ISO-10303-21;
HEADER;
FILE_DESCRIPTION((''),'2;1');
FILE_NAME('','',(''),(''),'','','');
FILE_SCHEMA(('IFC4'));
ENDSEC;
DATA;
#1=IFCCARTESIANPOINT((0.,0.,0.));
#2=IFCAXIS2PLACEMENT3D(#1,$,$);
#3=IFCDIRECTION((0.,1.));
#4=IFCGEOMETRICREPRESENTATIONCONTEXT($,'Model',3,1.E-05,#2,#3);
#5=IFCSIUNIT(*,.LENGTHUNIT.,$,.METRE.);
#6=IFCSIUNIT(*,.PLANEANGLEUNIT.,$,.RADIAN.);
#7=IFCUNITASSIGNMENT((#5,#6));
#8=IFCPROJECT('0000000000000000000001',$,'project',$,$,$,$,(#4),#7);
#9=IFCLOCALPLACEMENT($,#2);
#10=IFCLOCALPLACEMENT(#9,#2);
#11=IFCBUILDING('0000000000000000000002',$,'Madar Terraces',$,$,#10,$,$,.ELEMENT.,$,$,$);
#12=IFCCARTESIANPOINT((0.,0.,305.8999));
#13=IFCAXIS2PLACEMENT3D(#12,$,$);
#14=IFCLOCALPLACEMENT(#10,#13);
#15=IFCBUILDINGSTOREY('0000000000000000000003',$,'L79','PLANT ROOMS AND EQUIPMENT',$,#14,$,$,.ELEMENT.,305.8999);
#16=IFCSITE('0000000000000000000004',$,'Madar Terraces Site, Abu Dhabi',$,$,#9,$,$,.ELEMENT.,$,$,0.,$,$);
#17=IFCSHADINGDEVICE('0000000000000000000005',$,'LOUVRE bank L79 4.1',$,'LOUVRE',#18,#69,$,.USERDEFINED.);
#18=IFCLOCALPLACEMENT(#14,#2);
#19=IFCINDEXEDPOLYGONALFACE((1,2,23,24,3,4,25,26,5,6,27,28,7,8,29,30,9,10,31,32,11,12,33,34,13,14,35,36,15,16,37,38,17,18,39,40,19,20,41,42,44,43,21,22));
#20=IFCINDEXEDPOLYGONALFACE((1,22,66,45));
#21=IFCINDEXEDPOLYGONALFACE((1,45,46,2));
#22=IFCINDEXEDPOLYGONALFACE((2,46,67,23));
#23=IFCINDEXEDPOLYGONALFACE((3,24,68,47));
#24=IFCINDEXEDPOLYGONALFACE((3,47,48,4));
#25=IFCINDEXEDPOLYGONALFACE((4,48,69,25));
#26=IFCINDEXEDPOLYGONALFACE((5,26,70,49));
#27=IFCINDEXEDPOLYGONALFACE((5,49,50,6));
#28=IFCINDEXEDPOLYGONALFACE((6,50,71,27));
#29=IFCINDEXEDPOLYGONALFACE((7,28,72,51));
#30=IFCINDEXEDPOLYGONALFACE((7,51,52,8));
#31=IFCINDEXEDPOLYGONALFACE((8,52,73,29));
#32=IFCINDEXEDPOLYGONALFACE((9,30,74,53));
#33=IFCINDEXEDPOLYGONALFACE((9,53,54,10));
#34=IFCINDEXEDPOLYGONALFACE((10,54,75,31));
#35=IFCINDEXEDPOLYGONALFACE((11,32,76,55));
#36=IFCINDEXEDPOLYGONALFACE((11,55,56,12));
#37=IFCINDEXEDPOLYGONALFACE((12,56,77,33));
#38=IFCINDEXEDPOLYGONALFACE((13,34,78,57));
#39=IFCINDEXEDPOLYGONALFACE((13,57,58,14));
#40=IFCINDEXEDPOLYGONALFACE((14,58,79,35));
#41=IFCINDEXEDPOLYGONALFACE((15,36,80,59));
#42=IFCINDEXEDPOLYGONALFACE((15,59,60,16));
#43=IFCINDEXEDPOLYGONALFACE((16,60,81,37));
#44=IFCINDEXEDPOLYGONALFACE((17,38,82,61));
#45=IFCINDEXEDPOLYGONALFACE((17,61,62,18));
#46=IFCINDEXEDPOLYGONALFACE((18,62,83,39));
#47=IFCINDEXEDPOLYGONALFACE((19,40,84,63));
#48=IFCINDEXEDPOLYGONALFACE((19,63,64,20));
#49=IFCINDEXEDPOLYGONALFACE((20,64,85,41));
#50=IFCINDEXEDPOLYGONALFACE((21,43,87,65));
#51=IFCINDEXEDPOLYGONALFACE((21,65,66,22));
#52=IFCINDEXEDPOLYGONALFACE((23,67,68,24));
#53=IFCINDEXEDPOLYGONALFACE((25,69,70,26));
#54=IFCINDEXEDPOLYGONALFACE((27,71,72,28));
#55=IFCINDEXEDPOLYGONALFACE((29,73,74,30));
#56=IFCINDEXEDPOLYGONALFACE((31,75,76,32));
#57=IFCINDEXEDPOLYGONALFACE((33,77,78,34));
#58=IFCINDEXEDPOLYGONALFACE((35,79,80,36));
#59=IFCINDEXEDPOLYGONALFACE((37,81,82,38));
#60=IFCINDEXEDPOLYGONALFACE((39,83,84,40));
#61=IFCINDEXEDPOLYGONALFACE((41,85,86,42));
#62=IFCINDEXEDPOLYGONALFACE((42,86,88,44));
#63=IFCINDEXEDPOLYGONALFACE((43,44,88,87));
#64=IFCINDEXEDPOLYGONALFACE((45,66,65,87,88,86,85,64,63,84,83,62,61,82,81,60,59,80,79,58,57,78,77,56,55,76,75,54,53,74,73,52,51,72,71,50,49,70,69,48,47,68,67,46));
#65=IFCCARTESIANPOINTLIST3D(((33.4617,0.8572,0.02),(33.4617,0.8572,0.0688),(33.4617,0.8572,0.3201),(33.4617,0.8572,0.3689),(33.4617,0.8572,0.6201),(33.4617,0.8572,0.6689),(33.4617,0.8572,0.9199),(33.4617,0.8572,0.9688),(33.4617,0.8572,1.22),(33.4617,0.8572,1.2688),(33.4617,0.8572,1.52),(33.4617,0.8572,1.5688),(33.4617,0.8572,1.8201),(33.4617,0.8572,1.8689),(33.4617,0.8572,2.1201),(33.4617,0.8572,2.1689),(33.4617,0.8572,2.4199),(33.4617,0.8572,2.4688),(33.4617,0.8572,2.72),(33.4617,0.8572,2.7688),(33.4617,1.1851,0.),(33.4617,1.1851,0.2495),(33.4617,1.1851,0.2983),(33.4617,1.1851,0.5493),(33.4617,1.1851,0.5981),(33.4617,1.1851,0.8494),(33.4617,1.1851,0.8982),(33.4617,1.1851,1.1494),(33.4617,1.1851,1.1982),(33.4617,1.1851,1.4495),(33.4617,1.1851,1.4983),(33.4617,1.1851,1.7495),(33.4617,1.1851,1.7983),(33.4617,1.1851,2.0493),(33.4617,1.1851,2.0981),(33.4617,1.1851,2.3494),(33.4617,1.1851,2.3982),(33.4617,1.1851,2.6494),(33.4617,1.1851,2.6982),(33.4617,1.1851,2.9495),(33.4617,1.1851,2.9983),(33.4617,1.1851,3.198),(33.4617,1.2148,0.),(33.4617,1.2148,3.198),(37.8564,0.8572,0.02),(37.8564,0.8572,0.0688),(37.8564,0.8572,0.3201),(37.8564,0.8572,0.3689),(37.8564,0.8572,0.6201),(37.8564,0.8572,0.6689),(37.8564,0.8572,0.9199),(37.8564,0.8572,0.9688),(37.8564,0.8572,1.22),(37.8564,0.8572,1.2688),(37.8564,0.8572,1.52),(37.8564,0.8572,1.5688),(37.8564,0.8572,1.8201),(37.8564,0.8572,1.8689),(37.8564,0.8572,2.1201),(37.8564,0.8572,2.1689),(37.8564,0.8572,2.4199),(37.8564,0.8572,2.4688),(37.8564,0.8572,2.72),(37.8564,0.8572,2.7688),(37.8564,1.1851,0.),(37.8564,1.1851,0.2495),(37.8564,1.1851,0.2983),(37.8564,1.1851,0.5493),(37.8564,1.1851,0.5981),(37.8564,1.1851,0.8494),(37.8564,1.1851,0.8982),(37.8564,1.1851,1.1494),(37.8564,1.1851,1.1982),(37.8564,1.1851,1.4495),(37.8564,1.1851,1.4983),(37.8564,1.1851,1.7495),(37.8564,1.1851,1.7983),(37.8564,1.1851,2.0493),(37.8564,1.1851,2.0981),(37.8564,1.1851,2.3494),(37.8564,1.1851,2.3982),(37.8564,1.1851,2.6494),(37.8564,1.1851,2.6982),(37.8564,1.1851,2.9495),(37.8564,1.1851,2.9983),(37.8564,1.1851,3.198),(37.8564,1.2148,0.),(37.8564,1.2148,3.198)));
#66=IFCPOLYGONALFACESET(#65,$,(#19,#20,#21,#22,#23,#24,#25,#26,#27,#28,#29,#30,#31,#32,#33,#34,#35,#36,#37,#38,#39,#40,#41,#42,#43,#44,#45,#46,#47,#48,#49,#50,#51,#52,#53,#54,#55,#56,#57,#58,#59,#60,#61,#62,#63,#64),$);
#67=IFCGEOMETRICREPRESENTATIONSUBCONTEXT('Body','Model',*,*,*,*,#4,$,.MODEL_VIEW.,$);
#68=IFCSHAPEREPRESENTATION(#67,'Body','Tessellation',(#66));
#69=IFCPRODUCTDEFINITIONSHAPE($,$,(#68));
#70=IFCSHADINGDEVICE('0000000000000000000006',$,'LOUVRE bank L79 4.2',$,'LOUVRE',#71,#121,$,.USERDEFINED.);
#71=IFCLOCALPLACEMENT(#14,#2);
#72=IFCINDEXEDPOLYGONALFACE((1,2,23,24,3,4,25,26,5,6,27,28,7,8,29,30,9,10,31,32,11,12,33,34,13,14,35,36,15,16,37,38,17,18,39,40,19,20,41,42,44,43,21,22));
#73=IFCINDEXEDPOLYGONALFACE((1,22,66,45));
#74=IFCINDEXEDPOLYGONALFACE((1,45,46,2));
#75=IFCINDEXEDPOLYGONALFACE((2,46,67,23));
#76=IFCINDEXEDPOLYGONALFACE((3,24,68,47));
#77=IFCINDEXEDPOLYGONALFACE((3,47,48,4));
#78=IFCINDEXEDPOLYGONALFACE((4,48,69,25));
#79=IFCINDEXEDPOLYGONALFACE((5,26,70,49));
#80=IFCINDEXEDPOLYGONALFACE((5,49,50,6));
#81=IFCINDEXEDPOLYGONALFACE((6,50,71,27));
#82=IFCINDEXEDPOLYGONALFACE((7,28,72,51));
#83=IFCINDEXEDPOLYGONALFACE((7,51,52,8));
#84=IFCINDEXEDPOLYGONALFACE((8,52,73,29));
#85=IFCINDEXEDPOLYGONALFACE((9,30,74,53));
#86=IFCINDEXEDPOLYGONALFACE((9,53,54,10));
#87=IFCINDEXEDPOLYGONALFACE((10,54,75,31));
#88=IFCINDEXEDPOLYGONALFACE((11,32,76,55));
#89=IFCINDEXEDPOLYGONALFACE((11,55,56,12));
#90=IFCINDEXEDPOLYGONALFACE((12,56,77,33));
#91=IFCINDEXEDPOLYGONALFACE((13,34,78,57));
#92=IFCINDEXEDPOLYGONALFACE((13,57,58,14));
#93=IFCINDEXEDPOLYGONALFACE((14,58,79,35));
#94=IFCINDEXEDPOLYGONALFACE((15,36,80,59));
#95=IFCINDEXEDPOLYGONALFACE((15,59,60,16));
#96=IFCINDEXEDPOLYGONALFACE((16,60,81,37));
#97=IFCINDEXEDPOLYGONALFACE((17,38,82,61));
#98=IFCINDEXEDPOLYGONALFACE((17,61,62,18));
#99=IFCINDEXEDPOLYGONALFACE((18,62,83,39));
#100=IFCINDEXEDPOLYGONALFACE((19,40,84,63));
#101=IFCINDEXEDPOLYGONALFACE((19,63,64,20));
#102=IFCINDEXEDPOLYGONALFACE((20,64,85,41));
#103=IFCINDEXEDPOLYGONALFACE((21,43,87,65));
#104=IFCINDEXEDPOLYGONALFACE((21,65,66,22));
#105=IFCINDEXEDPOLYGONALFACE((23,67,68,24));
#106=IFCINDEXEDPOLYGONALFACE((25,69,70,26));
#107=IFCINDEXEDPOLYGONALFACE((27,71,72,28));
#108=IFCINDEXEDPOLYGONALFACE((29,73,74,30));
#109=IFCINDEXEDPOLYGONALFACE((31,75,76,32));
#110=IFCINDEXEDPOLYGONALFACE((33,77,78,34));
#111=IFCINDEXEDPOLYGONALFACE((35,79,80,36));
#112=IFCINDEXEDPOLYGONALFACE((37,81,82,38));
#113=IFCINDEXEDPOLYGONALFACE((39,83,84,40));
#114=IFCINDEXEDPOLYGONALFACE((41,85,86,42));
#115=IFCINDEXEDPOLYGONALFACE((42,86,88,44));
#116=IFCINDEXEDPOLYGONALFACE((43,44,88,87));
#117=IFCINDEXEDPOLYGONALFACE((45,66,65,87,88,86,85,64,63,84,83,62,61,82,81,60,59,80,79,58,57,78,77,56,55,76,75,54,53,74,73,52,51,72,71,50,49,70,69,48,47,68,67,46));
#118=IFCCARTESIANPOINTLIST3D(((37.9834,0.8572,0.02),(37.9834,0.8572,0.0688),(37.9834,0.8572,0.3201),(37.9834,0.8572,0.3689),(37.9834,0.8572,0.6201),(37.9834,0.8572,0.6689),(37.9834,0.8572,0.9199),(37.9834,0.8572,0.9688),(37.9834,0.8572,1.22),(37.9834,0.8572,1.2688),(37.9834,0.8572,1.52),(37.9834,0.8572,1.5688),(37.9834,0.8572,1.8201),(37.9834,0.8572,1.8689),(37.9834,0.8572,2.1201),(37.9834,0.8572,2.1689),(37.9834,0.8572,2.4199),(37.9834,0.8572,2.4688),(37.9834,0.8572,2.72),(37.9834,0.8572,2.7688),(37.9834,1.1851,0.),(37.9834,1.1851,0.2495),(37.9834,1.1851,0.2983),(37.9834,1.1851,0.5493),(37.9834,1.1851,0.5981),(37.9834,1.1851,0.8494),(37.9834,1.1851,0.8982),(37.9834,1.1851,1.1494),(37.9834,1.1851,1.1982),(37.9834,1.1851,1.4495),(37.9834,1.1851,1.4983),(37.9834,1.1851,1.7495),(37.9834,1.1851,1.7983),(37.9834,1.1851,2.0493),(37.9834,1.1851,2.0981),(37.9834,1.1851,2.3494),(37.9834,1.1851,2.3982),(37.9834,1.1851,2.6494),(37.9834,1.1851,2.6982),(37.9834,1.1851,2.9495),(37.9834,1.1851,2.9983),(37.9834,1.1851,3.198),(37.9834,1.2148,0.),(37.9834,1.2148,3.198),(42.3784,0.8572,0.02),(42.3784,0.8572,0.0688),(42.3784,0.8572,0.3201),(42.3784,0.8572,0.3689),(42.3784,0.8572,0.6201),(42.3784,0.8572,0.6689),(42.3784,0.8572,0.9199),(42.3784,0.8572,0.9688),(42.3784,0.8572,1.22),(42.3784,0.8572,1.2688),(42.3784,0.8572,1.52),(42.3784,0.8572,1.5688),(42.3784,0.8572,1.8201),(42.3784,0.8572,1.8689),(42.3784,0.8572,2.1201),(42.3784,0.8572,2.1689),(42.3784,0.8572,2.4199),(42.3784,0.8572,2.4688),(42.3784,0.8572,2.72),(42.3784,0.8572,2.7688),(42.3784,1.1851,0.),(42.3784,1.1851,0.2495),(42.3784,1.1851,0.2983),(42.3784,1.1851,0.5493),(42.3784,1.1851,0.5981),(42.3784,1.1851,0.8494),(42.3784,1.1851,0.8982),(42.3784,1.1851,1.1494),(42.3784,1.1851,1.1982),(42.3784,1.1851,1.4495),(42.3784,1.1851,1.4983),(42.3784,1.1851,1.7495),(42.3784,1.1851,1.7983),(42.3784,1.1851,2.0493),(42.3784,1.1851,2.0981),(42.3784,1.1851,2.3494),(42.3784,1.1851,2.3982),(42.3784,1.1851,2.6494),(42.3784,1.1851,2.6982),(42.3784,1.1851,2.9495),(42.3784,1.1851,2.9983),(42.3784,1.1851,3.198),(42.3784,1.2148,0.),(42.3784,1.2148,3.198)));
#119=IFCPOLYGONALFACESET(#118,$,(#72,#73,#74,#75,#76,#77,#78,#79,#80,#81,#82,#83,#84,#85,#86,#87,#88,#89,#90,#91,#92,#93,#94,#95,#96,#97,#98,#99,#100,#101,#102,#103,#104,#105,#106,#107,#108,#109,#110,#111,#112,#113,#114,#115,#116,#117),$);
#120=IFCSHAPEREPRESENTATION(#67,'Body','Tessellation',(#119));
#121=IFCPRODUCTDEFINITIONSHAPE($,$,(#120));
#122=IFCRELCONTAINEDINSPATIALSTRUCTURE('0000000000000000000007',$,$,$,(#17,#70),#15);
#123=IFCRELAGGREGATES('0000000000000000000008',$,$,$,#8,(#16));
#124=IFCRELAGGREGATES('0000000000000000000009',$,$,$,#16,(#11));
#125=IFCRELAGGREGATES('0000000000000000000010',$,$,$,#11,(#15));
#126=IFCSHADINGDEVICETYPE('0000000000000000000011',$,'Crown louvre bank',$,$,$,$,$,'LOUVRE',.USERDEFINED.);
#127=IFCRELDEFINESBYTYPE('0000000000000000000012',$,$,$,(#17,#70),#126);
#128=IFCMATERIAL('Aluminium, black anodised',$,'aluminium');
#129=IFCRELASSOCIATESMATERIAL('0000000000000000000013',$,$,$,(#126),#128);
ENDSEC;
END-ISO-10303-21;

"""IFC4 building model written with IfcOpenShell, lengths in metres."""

from ifc_helpers import new_model, si_unit, direction, frame, origin, place, context, subcontext, project, spatial, polyline, outline, extrude, material, type_object, element, save


model = new_model("IFC4")

# Units and contexts
model_context = context("Model", 3, precision=1e-05, world=origin(), true_north=direction((0.0, 1.0)))
body_context = subcontext(model_context, "Body", "Model", "MODEL_VIEW")
ifc_project = project(units=[si_unit("LENGTHUNIT", "METRE"), si_unit("PLANEANGLEUNIT", "RADIAN")], contexts=[model_context])

# Site, building, storey
site_placement = place(None, origin())
site = spatial("IfcSite", under=ifc_project, at=site_placement, Name="Madar Terraces Site, Abu Dhabi", CompositionType="ELEMENT", RefElevation=0.0)
building_placement = place(site_placement, origin())
building = spatial("IfcBuilding", under=site, at=building_placement, Name="Madar Terraces", CompositionType="ELEMENT")
storey_placement = place(building_placement, frame((0.0, 0.0, 305.8999)))
storey = spatial("IfcBuildingStorey", under=building, at=storey_placement, Name="L79", Description="PLANT ROOMS AND EQUIPMENT", CompositionType="ELEMENT", Elevation=305.8999)

# Shading devices
ifc_material_1 = material(Name="Aluminium, black anodised", Category="aluminium")
shading_device_type = type_object("IfcShadingDeviceType", Name="Crown louvre bank", ElementType="LOUVRE", PredefinedType="USERDEFINED", material=ifc_material_1)
shading_device_1_placement = place(storey_placement, frame((33.4617, 1.2, 0.0), z_axis=(1.0, 0.0, 0.0), x_axis=(0.0, 1.0, 0.0)))
element("IfcShadingDevice", 1, at=shading_device_1_placement, inside=storey, type_object=shading_device_type, Name="LOUVRE bank L79 4.1", ObjectType="LOUVRE", PredefinedType="USERDEFINED", context=body_context, shape_type="SweptSolid", body=[
    extrude(outline(polyline([(0.0149, 0.0), (-0.0149, 0.0), (-0.0149, 0.2495), (-0.3428, 0.02), (-0.3428, 0.0688), (-0.0149, 0.2983), (-0.0149, 0.5493), (-0.3428, 0.3201), (-0.3428, 0.3689), (-0.0149, 0.5981), (-0.0149, 0.8494), (-0.3428, 0.6201), (-0.3428, 0.6689), (-0.0149, 0.8982), (-0.0149, 1.1494), (-0.3428, 0.9199), (-0.3428, 0.9688), (-0.0149, 1.1982), (-0.0149, 1.4495), (-0.3428, 1.22), (-0.3428, 1.2688), (-0.0149, 1.4983), (-0.0149, 1.7495), (-0.3428, 1.52), (-0.3428, 1.5688), (-0.0149, 1.7983), (-0.0149, 2.0493), (-0.3428, 1.8201), (-0.3428, 1.8689), (-0.0149, 2.0981), (-0.0149, 2.3494), (-0.3428, 2.1201), (-0.3428, 2.1689), (-0.0149, 2.3982), (-0.0149, 2.6494), (-0.3428, 2.4199), (-0.3428, 2.4688), (-0.0149, 2.6982), (-0.0149, 2.9495), (-0.3428, 2.72), (-0.3428, 2.7688), (-0.0149, 2.9983), (-0.0149, 3.198), (0.0149, 3.198), (0.0149, 0.0)])), origin(), (0.0, 0.0, 1.0), 4.3948),
])
shading_device_2_placement = place(storey_placement, frame((37.9834, 1.2, 0.0), z_axis=(1.0, 0.0, 0.0), x_axis=(0.0, 1.0, 0.0)))
element("IfcShadingDevice", 2, at=shading_device_2_placement, inside=storey, type_object=shading_device_type, Name="LOUVRE bank L79 4.2", ObjectType="LOUVRE", PredefinedType="USERDEFINED", context=body_context, shape_type="SweptSolid", body=[
    extrude(outline(polyline([(0.0149, 0.0), (-0.0149, 0.0), (-0.0149, 0.2495), (-0.3428, 0.02), (-0.3428, 0.0688), (-0.0149, 0.2983), (-0.0149, 0.5493), (-0.3428, 0.3201), (-0.3428, 0.3689), (-0.0149, 0.5981), (-0.0149, 0.8494), (-0.3428, 0.6201), (-0.3428, 0.6689), (-0.0149, 0.8982), (-0.0149, 1.1494), (-0.3428, 0.9199), (-0.3428, 0.9688), (-0.0149, 1.1982), (-0.0149, 1.4495), (-0.3428, 1.22), (-0.3428, 1.2688), (-0.0149, 1.4983), (-0.0149, 1.7495), (-0.3428, 1.52), (-0.3428, 1.5688), (-0.0149, 1.7983), (-0.0149, 2.0493), (-0.3428, 1.8201), (-0.3428, 1.8689), (-0.0149, 2.0981), (-0.0149, 2.3494), (-0.3428, 2.1201), (-0.3428, 2.1689), (-0.0149, 2.3982), (-0.0149, 2.6494), (-0.3428, 2.4199), (-0.3428, 2.4688), (-0.0149, 2.6982), (-0.0149, 2.9495), (-0.3428, 2.72), (-0.3428, 2.7688), (-0.0149, 2.9983), (-0.0149, 3.198), (0.0149, 3.198), (0.0149, 0.0)])), origin(), (0.0, 0.0, 1.0), 4.395),
])

save(model, "model.ifc")
